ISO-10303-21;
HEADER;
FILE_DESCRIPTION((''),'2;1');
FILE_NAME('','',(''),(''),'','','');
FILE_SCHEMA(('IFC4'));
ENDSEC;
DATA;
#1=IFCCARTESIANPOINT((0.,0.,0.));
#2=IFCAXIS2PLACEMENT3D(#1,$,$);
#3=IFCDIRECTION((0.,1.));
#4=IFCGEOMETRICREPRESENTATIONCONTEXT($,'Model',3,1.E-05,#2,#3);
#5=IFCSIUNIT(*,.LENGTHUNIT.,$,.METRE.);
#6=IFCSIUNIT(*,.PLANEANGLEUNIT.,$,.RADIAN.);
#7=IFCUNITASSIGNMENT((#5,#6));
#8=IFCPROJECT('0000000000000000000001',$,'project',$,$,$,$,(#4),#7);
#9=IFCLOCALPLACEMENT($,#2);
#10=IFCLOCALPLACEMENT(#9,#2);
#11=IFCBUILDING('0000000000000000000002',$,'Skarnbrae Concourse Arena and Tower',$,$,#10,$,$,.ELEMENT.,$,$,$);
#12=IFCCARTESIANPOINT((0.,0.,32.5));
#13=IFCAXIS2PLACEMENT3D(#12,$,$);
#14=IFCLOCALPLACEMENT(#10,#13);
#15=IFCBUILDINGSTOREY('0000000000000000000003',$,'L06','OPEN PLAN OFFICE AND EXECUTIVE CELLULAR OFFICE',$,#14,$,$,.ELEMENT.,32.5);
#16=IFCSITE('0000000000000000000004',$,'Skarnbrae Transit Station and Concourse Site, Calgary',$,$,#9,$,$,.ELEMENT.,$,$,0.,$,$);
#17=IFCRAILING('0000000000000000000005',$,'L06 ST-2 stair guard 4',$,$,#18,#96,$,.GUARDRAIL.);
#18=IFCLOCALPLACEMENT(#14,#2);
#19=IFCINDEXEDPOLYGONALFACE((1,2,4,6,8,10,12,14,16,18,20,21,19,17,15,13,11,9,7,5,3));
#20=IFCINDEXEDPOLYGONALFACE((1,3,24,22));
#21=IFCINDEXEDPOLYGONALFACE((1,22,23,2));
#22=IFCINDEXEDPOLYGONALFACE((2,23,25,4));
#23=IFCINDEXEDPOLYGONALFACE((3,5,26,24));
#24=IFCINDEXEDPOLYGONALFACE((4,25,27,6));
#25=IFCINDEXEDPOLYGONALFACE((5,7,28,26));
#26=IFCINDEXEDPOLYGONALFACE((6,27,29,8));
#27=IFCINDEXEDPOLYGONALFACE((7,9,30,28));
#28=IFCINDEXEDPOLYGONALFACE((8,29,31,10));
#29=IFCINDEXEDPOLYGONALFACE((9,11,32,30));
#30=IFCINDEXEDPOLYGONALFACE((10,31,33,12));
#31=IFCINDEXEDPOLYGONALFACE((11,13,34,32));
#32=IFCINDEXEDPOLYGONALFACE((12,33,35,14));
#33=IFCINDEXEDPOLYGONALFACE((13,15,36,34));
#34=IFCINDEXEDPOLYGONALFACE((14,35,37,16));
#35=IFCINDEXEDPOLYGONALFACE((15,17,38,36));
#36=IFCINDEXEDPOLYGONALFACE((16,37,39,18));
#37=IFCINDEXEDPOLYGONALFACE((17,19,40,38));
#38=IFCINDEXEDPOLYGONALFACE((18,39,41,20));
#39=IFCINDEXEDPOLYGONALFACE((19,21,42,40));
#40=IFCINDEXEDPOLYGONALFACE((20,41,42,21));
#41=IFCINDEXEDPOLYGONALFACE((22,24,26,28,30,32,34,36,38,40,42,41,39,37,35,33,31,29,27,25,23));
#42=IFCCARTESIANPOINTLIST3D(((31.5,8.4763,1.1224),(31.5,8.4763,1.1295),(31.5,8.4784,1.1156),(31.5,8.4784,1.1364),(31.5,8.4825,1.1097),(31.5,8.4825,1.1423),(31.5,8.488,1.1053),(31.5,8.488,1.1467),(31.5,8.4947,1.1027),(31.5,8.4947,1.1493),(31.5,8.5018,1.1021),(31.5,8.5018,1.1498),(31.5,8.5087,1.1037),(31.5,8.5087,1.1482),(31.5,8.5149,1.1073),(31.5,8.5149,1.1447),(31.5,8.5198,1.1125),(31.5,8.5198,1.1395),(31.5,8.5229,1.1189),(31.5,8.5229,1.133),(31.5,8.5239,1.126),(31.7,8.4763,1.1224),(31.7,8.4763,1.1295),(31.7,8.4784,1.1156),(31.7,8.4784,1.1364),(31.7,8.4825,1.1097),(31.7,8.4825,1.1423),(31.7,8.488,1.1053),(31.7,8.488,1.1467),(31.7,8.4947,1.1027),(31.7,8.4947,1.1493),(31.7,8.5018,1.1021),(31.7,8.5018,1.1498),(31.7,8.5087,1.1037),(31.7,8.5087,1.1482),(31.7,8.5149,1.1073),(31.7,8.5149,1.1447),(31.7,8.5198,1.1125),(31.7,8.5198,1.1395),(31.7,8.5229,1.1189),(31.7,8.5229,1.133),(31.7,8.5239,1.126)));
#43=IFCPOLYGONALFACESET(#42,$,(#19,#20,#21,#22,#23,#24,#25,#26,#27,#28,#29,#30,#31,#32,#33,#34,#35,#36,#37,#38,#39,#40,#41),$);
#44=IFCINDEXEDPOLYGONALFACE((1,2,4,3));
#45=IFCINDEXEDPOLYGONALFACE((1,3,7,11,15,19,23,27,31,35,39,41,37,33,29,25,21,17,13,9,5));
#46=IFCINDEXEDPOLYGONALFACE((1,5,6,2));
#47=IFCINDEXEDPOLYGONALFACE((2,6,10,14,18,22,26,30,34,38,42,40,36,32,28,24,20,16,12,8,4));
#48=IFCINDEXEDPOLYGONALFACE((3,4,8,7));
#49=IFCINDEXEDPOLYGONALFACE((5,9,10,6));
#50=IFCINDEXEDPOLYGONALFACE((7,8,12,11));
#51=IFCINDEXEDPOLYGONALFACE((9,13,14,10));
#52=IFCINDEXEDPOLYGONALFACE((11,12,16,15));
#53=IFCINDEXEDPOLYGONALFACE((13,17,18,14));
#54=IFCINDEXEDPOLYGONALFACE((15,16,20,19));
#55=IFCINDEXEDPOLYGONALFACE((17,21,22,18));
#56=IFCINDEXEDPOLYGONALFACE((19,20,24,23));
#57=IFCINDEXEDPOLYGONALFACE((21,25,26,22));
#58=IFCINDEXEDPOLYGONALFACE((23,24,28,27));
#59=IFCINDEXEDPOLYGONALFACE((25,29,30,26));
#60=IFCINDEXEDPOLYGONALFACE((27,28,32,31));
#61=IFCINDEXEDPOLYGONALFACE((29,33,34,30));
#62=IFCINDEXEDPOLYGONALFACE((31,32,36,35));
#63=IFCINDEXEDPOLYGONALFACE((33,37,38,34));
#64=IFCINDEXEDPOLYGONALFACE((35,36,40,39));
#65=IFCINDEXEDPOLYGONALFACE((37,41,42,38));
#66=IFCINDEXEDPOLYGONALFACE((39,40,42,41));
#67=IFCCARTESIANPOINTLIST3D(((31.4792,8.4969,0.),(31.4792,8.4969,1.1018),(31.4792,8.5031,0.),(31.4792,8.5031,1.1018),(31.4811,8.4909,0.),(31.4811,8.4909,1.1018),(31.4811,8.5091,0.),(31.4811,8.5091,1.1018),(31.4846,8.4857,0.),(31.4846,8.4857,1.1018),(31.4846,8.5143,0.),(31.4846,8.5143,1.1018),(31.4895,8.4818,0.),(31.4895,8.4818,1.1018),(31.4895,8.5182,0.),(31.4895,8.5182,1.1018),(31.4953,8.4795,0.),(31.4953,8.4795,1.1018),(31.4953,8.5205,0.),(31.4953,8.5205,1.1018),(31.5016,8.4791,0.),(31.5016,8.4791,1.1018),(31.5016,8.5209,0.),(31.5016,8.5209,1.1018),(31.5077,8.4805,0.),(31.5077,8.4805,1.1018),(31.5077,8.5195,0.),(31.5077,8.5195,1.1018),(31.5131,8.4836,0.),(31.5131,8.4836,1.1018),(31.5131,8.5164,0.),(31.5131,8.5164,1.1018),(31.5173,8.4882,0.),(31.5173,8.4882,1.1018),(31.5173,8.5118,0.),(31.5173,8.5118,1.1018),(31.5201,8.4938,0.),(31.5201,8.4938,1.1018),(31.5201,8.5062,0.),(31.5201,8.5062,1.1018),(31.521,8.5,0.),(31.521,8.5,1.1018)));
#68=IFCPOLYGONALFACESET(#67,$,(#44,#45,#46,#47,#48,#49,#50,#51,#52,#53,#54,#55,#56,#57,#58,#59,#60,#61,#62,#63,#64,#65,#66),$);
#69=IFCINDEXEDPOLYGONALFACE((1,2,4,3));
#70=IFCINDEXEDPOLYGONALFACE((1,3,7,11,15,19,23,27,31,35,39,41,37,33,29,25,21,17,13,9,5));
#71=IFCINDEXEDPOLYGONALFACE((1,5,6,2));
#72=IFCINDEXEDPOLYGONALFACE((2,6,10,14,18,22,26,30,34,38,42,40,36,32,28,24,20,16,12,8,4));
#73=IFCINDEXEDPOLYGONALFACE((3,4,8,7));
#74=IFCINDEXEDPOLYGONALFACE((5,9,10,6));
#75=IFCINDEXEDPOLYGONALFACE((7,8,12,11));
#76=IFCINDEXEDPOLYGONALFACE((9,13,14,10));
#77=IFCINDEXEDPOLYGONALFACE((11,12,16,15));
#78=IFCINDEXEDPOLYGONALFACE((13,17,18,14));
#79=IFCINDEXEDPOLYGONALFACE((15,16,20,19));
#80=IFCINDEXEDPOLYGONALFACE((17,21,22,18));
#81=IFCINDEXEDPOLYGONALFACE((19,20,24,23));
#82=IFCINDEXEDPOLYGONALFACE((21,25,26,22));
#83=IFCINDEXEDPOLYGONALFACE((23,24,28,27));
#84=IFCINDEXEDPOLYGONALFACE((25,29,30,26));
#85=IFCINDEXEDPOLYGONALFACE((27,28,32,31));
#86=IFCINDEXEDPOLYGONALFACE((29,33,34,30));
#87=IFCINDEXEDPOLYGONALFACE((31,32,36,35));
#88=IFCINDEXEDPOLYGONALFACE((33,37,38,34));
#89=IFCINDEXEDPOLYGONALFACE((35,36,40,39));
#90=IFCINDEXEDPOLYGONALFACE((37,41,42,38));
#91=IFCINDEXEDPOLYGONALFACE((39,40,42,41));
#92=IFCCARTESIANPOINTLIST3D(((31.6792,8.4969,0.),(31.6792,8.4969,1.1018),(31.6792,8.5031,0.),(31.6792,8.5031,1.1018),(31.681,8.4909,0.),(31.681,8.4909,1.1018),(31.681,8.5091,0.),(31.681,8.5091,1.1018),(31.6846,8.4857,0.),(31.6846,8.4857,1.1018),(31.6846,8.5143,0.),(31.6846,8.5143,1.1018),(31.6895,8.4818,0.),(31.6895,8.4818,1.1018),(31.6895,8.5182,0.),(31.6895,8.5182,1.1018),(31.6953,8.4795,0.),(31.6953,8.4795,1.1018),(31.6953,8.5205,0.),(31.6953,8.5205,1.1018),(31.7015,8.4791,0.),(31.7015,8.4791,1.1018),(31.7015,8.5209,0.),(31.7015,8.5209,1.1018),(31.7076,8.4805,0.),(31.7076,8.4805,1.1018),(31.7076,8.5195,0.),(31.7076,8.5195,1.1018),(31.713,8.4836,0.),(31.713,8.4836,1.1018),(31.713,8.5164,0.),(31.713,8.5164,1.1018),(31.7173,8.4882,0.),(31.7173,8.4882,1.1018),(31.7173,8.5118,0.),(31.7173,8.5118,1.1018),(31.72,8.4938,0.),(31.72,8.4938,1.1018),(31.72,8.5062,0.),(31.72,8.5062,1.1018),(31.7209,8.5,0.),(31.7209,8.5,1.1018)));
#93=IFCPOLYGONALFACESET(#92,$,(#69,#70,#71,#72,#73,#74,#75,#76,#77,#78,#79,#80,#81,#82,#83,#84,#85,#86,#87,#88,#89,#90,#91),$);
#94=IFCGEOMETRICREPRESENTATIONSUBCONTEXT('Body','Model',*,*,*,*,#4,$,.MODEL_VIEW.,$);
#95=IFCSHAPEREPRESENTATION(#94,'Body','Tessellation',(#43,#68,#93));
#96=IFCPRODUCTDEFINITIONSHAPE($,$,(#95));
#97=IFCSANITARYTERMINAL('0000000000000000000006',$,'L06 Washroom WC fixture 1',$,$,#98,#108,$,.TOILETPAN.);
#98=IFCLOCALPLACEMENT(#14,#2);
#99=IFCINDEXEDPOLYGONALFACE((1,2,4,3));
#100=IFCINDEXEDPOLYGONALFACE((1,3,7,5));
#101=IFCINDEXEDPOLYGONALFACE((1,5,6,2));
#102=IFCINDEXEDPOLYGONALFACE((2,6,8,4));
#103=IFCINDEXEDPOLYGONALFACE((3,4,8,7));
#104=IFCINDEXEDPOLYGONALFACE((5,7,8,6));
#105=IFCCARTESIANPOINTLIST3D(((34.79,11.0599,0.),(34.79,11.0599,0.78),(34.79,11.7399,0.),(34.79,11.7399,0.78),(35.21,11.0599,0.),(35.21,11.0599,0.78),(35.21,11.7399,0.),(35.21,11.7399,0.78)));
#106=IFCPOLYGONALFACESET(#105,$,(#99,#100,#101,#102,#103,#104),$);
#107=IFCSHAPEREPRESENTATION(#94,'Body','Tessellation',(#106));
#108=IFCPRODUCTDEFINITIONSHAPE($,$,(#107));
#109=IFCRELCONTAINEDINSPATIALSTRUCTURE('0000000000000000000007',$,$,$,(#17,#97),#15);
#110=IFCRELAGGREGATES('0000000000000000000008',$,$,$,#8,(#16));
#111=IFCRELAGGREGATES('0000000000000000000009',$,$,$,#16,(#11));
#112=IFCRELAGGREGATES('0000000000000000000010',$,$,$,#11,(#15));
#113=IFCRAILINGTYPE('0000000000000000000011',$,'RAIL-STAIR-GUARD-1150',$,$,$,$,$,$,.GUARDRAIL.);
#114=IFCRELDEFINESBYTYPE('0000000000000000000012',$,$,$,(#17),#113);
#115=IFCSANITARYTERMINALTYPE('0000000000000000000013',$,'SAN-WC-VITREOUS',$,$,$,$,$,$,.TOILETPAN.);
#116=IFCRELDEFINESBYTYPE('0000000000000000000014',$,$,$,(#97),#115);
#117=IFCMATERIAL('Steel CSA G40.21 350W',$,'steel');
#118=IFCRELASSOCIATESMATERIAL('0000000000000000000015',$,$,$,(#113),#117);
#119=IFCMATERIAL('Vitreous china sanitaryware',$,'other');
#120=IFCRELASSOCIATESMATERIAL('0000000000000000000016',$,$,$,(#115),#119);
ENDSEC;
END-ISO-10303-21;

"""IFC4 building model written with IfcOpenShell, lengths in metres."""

from ifc_helpers import new_model, si_unit, direction, frame, origin, origin_2d, place, context, subcontext, project, spatial, rectangle, circle, extrude, source, transform, mapped, material, type_object, element, save


model = new_model("IFC4")

# Units and contexts
model_context = context("Model", 3, precision=1e-05, world=origin(), true_north=direction((0.0, 1.0)))
body_context = subcontext(model_context, "Body", "Model", "MODEL_VIEW")
ifc_project = project(units=[si_unit("LENGTHUNIT", "METRE"), si_unit("PLANEANGLEUNIT", "RADIAN")], contexts=[model_context])

# Site, building, storey
site_placement = place(None, origin())
site = spatial("IfcSite", under=ifc_project, at=site_placement, Name="Skarnbrae Transit Station and Concourse Site, Calgary", CompositionType="ELEMENT", RefElevation=0.0)
building_placement = place(site_placement, origin())
building = spatial("IfcBuilding", under=site, at=building_placement, Name="Skarnbrae Concourse Arena and Tower", CompositionType="ELEMENT")
storey_placement = place(building_placement, frame((0.0, 0.0, 32.5)))
storey = spatial("IfcBuildingStorey", under=building, at=storey_placement, Name="L06", Description="OPEN PLAN OFFICE AND EXECUTIVE CELLULAR OFFICE", CompositionType="ELEMENT", Elevation=32.5)

# Shared definitions
ifc_material_1 = material(Name="Steel CSA G40.21 350W", Category="steel")

# Railing
railing_type_1 = type_object("IfcRailingType", Name="RAIL-STAIR-GUARD-1150", PredefinedType="GUARDRAIL", material=ifc_material_1)
railing_1_placement = place(storey_placement, frame((31.5, 8.5, 0.0)))
element("IfcRailing", 1, at=railing_1_placement, inside=storey, type_object=railing_type_1, Name="L06 ST-2 stair guard 4", PredefinedType="GUARDRAIL", context=body_context, shape_type="SweptSolid", body=[
    extrude(circle(Radius=0.0239, at=origin_2d()), frame((0.0, 0.0, 1.126), z_axis=(1.0, 0.0, 0.0), x_axis=(0.0, 1.0, 0.0)), (0.0, 0.0, 1.0), 0.2),
    extrude(circle(Radius=0.021, at=origin_2d()), origin(), (0.0, 0.0, 1.0), 1.1018),
    extrude(circle(Radius=0.021, at=origin_2d()), frame((0.2, 0.0, 0.0)), (0.0, 0.0, 1.0), 1.1018),
])

# Sanitary terminal
ifc_material_2 = material(Name="Vitreous china sanitaryware", Category="other")
sanitary_terminal_type = type_object("IfcSanitaryTerminalType", Name="SAN-WC-VITREOUS", PredefinedType="TOILETPAN", material=ifc_material_2)
shared_shape_1 = source(origin(), body_context, "Body", "SweptSolid", [
    extrude(rectangle(XDim=0.4199, YDim=0.6799, at=origin_2d()), origin(), (0.0, 0.0, 1.0), 0.78),
])
sanitary_terminal_placement = place(storey_placement, frame((35.0, 11.3999, 0.0), z_axis=(0.0, 0.0, 1.0), x_axis=(1.0, 0.0, 0.0)))
element("IfcSanitaryTerminal", 2, at=sanitary_terminal_placement, inside=storey, type_object=sanitary_terminal_type, Name="L06 Washroom WC fixture 1", PredefinedType="TOILETPAN", context=body_context, shape_type="MappedRepresentation", body=[
    mapped(shared_shape_1, transform((0.0, 0.0, 0.0))),
])

save(model, "model.ifc")
